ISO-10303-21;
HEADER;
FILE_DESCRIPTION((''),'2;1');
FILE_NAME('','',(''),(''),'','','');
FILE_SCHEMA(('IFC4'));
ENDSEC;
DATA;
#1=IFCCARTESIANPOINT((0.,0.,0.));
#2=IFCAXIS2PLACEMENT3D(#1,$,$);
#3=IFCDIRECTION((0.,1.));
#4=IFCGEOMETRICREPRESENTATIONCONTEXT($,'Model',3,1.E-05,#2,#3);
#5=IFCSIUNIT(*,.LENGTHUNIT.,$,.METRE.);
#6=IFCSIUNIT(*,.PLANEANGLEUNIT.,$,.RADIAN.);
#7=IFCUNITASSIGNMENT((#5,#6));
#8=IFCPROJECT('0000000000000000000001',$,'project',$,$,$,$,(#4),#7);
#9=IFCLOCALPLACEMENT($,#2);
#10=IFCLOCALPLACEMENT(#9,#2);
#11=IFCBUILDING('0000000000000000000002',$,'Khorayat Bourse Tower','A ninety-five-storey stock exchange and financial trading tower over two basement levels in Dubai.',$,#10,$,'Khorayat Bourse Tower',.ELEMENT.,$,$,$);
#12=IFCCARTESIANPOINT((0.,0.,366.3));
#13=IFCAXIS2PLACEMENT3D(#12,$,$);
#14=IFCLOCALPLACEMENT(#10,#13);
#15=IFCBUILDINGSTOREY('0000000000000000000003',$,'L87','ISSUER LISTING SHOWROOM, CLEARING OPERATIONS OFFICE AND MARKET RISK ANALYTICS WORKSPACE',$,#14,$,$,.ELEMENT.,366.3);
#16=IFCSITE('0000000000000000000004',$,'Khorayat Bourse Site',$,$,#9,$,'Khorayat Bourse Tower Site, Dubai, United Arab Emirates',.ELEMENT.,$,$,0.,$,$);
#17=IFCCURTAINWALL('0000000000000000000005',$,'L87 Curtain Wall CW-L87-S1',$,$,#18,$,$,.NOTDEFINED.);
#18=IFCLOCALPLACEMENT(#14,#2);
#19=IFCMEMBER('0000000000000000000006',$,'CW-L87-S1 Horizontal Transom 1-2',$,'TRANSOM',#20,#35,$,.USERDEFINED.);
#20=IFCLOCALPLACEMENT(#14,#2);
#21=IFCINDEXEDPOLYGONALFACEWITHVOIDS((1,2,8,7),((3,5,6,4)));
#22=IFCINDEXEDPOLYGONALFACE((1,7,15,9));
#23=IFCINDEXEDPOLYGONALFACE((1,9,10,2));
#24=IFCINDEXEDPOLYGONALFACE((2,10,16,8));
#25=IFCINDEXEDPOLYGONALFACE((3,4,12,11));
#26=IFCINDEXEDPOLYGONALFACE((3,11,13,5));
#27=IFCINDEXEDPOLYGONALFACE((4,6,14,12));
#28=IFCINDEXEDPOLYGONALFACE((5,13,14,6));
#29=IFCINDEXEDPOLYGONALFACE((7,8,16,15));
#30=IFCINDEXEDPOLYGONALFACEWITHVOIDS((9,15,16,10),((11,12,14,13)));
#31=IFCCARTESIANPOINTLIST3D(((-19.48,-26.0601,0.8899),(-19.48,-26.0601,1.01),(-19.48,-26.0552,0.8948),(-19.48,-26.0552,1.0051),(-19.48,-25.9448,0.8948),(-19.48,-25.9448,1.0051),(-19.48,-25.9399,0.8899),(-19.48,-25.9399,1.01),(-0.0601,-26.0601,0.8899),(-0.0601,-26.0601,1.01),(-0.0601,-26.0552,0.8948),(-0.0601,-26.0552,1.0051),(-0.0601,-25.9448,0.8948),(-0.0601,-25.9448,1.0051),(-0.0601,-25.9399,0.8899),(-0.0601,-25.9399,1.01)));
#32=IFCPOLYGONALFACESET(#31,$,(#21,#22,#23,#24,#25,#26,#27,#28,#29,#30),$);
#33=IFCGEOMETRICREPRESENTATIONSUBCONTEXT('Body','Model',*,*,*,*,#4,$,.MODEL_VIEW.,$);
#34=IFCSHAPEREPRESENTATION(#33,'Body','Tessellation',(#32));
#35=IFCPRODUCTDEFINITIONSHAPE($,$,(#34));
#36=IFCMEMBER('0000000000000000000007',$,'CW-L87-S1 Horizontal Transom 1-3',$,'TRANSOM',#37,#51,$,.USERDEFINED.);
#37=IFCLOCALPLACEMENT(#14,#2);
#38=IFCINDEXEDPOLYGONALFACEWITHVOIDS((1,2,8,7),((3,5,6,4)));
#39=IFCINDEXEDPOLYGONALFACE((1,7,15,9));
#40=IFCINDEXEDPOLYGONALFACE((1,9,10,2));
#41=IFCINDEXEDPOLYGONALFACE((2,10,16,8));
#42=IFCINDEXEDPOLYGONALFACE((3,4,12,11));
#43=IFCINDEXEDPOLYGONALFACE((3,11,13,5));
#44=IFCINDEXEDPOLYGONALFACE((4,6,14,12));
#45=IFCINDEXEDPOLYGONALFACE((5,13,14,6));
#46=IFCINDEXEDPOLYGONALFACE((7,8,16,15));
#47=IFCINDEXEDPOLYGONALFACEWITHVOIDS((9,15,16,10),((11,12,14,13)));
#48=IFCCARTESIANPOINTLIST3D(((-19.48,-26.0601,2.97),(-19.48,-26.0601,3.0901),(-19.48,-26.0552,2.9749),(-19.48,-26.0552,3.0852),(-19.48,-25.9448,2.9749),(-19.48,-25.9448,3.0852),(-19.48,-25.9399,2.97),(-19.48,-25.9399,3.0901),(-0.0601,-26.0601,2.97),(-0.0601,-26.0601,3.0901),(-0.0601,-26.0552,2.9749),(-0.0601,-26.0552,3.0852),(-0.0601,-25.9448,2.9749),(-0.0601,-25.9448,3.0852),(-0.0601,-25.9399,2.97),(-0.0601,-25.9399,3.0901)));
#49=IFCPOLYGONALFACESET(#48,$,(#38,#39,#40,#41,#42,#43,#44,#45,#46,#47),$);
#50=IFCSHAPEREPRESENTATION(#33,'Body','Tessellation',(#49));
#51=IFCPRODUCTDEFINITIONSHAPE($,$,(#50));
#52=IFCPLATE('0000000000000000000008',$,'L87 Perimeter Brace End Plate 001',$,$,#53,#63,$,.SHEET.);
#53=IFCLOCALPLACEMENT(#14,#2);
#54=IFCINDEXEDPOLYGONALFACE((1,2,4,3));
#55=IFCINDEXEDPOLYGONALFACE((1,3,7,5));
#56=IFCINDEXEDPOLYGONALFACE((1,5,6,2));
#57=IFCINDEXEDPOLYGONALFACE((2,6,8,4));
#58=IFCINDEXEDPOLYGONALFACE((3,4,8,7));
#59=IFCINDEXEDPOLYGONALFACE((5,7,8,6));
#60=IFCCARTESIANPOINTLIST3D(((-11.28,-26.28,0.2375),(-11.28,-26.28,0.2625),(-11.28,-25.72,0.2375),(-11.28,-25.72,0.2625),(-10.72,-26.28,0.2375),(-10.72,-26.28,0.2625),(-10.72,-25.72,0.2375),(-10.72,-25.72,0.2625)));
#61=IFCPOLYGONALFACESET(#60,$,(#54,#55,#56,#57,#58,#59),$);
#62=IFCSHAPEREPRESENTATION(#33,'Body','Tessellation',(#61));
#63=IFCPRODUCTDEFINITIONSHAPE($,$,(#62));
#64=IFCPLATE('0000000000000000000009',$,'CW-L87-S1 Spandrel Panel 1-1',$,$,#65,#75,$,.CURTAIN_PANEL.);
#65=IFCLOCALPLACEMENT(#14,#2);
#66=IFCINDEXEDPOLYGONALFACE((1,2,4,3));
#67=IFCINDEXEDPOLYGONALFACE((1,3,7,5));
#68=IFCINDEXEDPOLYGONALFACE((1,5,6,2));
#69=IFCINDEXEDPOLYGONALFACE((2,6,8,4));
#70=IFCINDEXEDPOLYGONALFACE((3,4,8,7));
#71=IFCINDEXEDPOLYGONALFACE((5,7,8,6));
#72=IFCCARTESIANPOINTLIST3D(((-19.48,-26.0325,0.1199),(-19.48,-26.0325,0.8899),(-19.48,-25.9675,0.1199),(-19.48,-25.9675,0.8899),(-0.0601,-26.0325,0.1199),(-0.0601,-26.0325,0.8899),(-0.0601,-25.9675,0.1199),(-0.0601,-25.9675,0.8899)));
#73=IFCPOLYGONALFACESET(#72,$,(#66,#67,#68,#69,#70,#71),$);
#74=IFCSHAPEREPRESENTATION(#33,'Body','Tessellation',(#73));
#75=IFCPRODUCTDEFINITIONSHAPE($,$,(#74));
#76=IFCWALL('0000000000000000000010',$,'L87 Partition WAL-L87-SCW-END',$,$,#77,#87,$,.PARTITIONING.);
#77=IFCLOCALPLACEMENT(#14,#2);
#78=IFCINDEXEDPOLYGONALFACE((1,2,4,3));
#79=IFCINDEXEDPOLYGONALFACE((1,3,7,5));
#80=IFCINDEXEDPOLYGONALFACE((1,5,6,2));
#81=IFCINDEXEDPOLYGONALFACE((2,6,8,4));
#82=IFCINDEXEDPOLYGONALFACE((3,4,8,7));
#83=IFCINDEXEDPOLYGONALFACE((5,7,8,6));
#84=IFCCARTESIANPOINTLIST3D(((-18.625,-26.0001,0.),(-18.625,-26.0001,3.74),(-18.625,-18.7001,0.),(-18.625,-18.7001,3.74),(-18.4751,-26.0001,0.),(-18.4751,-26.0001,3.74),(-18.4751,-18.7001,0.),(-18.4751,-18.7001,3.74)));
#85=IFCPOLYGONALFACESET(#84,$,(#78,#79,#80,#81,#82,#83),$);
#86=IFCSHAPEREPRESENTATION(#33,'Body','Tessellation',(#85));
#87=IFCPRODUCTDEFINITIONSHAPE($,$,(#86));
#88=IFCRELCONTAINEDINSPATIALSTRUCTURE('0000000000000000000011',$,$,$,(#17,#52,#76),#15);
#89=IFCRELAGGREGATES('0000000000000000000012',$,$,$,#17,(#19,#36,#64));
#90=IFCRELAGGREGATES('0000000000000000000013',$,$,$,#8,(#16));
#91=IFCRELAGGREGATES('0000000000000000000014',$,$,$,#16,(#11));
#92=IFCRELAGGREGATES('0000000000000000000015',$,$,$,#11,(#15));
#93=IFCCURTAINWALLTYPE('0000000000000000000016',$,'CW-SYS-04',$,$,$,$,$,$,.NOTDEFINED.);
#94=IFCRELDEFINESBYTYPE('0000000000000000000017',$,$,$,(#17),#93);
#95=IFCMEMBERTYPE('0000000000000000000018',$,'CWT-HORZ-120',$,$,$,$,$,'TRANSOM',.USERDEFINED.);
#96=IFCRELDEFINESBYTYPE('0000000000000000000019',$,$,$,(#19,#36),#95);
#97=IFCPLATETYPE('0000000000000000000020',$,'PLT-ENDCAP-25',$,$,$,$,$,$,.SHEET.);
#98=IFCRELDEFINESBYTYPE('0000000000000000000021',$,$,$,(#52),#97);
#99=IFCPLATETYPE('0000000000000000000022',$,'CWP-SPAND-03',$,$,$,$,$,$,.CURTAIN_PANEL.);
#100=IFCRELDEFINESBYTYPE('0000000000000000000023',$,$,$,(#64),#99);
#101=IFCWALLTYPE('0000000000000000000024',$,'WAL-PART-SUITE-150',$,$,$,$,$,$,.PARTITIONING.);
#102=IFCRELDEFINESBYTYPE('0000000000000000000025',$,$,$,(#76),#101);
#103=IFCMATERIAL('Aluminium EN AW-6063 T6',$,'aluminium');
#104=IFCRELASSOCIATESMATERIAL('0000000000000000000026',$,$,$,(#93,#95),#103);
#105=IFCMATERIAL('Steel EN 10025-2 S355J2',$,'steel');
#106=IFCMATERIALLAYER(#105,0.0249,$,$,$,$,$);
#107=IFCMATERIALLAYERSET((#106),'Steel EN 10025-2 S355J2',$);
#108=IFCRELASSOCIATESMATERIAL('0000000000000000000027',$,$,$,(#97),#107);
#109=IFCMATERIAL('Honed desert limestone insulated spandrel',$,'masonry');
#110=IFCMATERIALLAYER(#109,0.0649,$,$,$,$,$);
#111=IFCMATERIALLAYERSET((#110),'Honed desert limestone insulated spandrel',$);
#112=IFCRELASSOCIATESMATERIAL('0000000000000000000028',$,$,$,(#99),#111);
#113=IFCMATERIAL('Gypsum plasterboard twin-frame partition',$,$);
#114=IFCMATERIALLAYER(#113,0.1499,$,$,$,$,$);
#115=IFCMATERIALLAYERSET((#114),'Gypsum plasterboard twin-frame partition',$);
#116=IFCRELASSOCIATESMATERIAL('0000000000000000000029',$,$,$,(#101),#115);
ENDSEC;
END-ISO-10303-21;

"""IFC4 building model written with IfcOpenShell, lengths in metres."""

from ifc_helpers import new_model, si_unit, direction, frame, frame_2d, origin, origin_2d, place, context, subcontext, project, spatial, rectangle, hollow_rectangle, extrude, source, transform, mapped, material, layer, layer_set, material_profile, profile_set, type_object, element, aggregate, save


model = new_model("IFC4")

# Units and contexts
model_context = context("Model", 3, precision=1e-05, world=origin(), true_north=direction((0.0, 1.0)))
body_context = subcontext(model_context, "Body", "Model", "MODEL_VIEW")
ifc_project = project(units=[si_unit("LENGTHUNIT", "METRE"), si_unit("PLANEANGLEUNIT", "RADIAN")], contexts=[model_context])

# Site, building, storey
site_placement = place(None, origin())
site = spatial("IfcSite", under=ifc_project, at=site_placement, Name="Khorayat Bourse Site", LongName="Khorayat Bourse Tower Site, Dubai, United Arab Emirates", CompositionType="ELEMENT", RefElevation=0.0)
building_placement = place(site_placement, origin())
building = spatial("IfcBuilding", under=site, at=building_placement, Name="Khorayat Bourse Tower", Description="A ninety-five-storey stock exchange and financial trading tower over two basement levels in Dubai.", LongName="Khorayat Bourse Tower", CompositionType="ELEMENT")
storey_placement = place(building_placement, frame((0.0, 0.0, 366.3)))
storey = spatial("IfcBuildingStorey", under=building, at=storey_placement, Name="L87", Description="ISSUER LISTING SHOWROOM, CLEARING OPERATIONS OFFICE AND MARKET RISK ANALYTICS WORKSPACE", CompositionType="ELEMENT", Elevation=366.3)

# Shared definitions
ifc_material_1 = material(Name="Steel EN 10025-2 S355J2", Category="steel")

# Curtain wall, members
ifc_material_2 = material(Name="Aluminium EN AW-6063 T6", Category="aluminium")
curtain_wall_type = type_object("IfcCurtainWallType", Name="CW-SYS-04", PredefinedType="NOTDEFINED", material=ifc_material_2)
curtain_wall_placement = place(storey_placement, origin())
curtain_wall = element("IfcCurtainWall", 1, at=curtain_wall_placement, inside=storey, type_object=curtain_wall_type, Name="L87 Curtain Wall CW-L87-S1", PredefinedType="NOTDEFINED")
ifc_material_profile_1 = material_profile(ifc_material_2, hollow_rectangle(XDim=0.1201, YDim=0.1201, WallThickness=0.0049, at=origin_2d()), Name="ALU 120x120x5")
ifc_profile_set_1 = profile_set([ifc_material_profile_1], Name="Aluminium EN AW-6063 T6")
member_type_1 = type_object("IfcMemberType", Name="CWT-HORZ-120", ElementType="TRANSOM", PredefinedType="USERDEFINED", material=ifc_profile_set_1)
shared_shape_1 = source(origin(), body_context, "Body", "SweptSolid", [
    extrude(hollow_rectangle(XDim=0.1201, YDim=0.1201, WallThickness=0.0049, at=origin_2d()), origin(), (0.0, 0.0, 1.0), 19.4199),
])
member_1_placement = place(storey_placement, frame((-19.48, -26.0, 0.95), z_axis=(1.0, 0.0, 0.0), x_axis=(0.0, 1.0, 0.0)))
member_1 = element("IfcMember", 2, at=member_1_placement, type_object=member_type_1, Name="CW-L87-S1 Horizontal Transom 1-2", ObjectType="TRANSOM", PredefinedType="USERDEFINED", context=body_context, shape_type="MappedRepresentation", body=[
    mapped(shared_shape_1, transform((0.0, 0.0, 0.0), scale=1.0)),
])
member_2_placement = place(storey_placement, frame((-19.48, -26.0, 3.03), z_axis=(1.0, 0.0, 0.0), x_axis=(0.0, 1.0, 0.0)))
member_2 = element("IfcMember", 3, at=member_2_placement, type_object=member_type_1, Name="CW-L87-S1 Horizontal Transom 1-3", ObjectType="TRANSOM", PredefinedType="USERDEFINED", context=body_context, shape_type="MappedRepresentation", body=[
    mapped(shared_shape_1, transform((0.0, 0.0, 0.0), scale=1.0)),
])

# Plates
ifc_layer_1 = layer(ifc_material_1, 0.0249)
ifc_layer_set_1 = layer_set([ifc_layer_1], Name="Steel EN 10025-2 S355J2")
plate_type_1 = type_object("IfcPlateType", Name="PLT-ENDCAP-25", PredefinedType="SHEET", material=ifc_layer_set_1)
shared_shape_2 = source(origin(), body_context, "Body", "SweptSolid", [
    extrude(rectangle(XDim=0.5601, YDim=0.5601, at=origin_2d()), origin(), (0.0, 0.0, 1.0), 0.0249),
])
plate_1_placement = place(storey_placement, frame((-11.0, -26.0, 0.2375), z_axis=(0.0, 0.0, 1.0), x_axis=(1.0, 0.0, 0.0)))
element("IfcPlate", 4, at=plate_1_placement, inside=storey, type_object=plate_type_1, Name="L87 Perimeter Brace End Plate 001", PredefinedType="SHEET", context=body_context, shape_type="MappedRepresentation", body=[
    mapped(shared_shape_2, transform((0.0, 0.0, 0.0), scale=1.0)),
])
ifc_material_3 = material(Name="Honed desert limestone insulated spandrel", Category="masonry")
ifc_layer_2 = layer(ifc_material_3, 0.0649)
ifc_layer_set_2 = layer_set([ifc_layer_2], Name="Honed desert limestone insulated spandrel")
plate_type_2 = type_object("IfcPlateType", Name="CWP-SPAND-03", PredefinedType="CURTAIN_PANEL", material=ifc_layer_set_2)
shared_shape_3 = source(origin(), body_context, "Body", "SweptSolid", [
    extrude(rectangle(XDim=19.4199, YDim=0.0649, at=origin_2d()), origin(), (0.0, 0.0, 1.0), 0.77),
])
plate_2_placement = place(storey_placement, frame((-9.77, -26.0, 0.1199), z_axis=(0.0, 0.0, 1.0), x_axis=(1.0, 0.0, 0.0)))
plate_2 = element("IfcPlate", 5, at=plate_2_placement, type_object=plate_type_2, Name="CW-L87-S1 Spandrel Panel 1-1", PredefinedType="CURTAIN_PANEL", context=body_context, shape_type="MappedRepresentation", body=[
    mapped(shared_shape_3, transform((0.0, 0.0, 0.0), scale=1.0)),
])
aggregate(curtain_wall, [member_1, member_2, plate_2])

# Wall
ifc_material_4 = material(Name="Gypsum plasterboard twin-frame partition")
ifc_layer_3 = layer(ifc_material_4, 0.1499)
ifc_layer_set_3 = layer_set([ifc_layer_3], Name="Gypsum plasterboard twin-frame partition")
wall_type = type_object("IfcWallType", Name="WAL-PART-SUITE-150", PredefinedType="PARTITIONING", material=ifc_layer_set_3)
shared_shape_4 = source(origin(), body_context, "Body", "SweptSolid", [
    extrude(rectangle(XDim=7.3, YDim=0.1499, at=frame_2d((3.6499, 0.0))), origin(), (0.0, 0.0, 1.0), 3.74),
])
wall_placement = place(storey_placement, frame((-18.55, -26.0, 0.0), z_axis=(0.0, 0.0, 1.0), x_axis=(0.0, 1.0, 0.0)))
element("IfcWall", 6, at=wall_placement, inside=storey, type_object=wall_type, Name="L87 Partition WAL-L87-SCW-END", PredefinedType="PARTITIONING", context=body_context, shape_type="MappedRepresentation", body=[
    mapped(shared_shape_4, transform((0.0, 0.0, 0.0), scale=1.0)),
])

save(model, "model.ifc")
